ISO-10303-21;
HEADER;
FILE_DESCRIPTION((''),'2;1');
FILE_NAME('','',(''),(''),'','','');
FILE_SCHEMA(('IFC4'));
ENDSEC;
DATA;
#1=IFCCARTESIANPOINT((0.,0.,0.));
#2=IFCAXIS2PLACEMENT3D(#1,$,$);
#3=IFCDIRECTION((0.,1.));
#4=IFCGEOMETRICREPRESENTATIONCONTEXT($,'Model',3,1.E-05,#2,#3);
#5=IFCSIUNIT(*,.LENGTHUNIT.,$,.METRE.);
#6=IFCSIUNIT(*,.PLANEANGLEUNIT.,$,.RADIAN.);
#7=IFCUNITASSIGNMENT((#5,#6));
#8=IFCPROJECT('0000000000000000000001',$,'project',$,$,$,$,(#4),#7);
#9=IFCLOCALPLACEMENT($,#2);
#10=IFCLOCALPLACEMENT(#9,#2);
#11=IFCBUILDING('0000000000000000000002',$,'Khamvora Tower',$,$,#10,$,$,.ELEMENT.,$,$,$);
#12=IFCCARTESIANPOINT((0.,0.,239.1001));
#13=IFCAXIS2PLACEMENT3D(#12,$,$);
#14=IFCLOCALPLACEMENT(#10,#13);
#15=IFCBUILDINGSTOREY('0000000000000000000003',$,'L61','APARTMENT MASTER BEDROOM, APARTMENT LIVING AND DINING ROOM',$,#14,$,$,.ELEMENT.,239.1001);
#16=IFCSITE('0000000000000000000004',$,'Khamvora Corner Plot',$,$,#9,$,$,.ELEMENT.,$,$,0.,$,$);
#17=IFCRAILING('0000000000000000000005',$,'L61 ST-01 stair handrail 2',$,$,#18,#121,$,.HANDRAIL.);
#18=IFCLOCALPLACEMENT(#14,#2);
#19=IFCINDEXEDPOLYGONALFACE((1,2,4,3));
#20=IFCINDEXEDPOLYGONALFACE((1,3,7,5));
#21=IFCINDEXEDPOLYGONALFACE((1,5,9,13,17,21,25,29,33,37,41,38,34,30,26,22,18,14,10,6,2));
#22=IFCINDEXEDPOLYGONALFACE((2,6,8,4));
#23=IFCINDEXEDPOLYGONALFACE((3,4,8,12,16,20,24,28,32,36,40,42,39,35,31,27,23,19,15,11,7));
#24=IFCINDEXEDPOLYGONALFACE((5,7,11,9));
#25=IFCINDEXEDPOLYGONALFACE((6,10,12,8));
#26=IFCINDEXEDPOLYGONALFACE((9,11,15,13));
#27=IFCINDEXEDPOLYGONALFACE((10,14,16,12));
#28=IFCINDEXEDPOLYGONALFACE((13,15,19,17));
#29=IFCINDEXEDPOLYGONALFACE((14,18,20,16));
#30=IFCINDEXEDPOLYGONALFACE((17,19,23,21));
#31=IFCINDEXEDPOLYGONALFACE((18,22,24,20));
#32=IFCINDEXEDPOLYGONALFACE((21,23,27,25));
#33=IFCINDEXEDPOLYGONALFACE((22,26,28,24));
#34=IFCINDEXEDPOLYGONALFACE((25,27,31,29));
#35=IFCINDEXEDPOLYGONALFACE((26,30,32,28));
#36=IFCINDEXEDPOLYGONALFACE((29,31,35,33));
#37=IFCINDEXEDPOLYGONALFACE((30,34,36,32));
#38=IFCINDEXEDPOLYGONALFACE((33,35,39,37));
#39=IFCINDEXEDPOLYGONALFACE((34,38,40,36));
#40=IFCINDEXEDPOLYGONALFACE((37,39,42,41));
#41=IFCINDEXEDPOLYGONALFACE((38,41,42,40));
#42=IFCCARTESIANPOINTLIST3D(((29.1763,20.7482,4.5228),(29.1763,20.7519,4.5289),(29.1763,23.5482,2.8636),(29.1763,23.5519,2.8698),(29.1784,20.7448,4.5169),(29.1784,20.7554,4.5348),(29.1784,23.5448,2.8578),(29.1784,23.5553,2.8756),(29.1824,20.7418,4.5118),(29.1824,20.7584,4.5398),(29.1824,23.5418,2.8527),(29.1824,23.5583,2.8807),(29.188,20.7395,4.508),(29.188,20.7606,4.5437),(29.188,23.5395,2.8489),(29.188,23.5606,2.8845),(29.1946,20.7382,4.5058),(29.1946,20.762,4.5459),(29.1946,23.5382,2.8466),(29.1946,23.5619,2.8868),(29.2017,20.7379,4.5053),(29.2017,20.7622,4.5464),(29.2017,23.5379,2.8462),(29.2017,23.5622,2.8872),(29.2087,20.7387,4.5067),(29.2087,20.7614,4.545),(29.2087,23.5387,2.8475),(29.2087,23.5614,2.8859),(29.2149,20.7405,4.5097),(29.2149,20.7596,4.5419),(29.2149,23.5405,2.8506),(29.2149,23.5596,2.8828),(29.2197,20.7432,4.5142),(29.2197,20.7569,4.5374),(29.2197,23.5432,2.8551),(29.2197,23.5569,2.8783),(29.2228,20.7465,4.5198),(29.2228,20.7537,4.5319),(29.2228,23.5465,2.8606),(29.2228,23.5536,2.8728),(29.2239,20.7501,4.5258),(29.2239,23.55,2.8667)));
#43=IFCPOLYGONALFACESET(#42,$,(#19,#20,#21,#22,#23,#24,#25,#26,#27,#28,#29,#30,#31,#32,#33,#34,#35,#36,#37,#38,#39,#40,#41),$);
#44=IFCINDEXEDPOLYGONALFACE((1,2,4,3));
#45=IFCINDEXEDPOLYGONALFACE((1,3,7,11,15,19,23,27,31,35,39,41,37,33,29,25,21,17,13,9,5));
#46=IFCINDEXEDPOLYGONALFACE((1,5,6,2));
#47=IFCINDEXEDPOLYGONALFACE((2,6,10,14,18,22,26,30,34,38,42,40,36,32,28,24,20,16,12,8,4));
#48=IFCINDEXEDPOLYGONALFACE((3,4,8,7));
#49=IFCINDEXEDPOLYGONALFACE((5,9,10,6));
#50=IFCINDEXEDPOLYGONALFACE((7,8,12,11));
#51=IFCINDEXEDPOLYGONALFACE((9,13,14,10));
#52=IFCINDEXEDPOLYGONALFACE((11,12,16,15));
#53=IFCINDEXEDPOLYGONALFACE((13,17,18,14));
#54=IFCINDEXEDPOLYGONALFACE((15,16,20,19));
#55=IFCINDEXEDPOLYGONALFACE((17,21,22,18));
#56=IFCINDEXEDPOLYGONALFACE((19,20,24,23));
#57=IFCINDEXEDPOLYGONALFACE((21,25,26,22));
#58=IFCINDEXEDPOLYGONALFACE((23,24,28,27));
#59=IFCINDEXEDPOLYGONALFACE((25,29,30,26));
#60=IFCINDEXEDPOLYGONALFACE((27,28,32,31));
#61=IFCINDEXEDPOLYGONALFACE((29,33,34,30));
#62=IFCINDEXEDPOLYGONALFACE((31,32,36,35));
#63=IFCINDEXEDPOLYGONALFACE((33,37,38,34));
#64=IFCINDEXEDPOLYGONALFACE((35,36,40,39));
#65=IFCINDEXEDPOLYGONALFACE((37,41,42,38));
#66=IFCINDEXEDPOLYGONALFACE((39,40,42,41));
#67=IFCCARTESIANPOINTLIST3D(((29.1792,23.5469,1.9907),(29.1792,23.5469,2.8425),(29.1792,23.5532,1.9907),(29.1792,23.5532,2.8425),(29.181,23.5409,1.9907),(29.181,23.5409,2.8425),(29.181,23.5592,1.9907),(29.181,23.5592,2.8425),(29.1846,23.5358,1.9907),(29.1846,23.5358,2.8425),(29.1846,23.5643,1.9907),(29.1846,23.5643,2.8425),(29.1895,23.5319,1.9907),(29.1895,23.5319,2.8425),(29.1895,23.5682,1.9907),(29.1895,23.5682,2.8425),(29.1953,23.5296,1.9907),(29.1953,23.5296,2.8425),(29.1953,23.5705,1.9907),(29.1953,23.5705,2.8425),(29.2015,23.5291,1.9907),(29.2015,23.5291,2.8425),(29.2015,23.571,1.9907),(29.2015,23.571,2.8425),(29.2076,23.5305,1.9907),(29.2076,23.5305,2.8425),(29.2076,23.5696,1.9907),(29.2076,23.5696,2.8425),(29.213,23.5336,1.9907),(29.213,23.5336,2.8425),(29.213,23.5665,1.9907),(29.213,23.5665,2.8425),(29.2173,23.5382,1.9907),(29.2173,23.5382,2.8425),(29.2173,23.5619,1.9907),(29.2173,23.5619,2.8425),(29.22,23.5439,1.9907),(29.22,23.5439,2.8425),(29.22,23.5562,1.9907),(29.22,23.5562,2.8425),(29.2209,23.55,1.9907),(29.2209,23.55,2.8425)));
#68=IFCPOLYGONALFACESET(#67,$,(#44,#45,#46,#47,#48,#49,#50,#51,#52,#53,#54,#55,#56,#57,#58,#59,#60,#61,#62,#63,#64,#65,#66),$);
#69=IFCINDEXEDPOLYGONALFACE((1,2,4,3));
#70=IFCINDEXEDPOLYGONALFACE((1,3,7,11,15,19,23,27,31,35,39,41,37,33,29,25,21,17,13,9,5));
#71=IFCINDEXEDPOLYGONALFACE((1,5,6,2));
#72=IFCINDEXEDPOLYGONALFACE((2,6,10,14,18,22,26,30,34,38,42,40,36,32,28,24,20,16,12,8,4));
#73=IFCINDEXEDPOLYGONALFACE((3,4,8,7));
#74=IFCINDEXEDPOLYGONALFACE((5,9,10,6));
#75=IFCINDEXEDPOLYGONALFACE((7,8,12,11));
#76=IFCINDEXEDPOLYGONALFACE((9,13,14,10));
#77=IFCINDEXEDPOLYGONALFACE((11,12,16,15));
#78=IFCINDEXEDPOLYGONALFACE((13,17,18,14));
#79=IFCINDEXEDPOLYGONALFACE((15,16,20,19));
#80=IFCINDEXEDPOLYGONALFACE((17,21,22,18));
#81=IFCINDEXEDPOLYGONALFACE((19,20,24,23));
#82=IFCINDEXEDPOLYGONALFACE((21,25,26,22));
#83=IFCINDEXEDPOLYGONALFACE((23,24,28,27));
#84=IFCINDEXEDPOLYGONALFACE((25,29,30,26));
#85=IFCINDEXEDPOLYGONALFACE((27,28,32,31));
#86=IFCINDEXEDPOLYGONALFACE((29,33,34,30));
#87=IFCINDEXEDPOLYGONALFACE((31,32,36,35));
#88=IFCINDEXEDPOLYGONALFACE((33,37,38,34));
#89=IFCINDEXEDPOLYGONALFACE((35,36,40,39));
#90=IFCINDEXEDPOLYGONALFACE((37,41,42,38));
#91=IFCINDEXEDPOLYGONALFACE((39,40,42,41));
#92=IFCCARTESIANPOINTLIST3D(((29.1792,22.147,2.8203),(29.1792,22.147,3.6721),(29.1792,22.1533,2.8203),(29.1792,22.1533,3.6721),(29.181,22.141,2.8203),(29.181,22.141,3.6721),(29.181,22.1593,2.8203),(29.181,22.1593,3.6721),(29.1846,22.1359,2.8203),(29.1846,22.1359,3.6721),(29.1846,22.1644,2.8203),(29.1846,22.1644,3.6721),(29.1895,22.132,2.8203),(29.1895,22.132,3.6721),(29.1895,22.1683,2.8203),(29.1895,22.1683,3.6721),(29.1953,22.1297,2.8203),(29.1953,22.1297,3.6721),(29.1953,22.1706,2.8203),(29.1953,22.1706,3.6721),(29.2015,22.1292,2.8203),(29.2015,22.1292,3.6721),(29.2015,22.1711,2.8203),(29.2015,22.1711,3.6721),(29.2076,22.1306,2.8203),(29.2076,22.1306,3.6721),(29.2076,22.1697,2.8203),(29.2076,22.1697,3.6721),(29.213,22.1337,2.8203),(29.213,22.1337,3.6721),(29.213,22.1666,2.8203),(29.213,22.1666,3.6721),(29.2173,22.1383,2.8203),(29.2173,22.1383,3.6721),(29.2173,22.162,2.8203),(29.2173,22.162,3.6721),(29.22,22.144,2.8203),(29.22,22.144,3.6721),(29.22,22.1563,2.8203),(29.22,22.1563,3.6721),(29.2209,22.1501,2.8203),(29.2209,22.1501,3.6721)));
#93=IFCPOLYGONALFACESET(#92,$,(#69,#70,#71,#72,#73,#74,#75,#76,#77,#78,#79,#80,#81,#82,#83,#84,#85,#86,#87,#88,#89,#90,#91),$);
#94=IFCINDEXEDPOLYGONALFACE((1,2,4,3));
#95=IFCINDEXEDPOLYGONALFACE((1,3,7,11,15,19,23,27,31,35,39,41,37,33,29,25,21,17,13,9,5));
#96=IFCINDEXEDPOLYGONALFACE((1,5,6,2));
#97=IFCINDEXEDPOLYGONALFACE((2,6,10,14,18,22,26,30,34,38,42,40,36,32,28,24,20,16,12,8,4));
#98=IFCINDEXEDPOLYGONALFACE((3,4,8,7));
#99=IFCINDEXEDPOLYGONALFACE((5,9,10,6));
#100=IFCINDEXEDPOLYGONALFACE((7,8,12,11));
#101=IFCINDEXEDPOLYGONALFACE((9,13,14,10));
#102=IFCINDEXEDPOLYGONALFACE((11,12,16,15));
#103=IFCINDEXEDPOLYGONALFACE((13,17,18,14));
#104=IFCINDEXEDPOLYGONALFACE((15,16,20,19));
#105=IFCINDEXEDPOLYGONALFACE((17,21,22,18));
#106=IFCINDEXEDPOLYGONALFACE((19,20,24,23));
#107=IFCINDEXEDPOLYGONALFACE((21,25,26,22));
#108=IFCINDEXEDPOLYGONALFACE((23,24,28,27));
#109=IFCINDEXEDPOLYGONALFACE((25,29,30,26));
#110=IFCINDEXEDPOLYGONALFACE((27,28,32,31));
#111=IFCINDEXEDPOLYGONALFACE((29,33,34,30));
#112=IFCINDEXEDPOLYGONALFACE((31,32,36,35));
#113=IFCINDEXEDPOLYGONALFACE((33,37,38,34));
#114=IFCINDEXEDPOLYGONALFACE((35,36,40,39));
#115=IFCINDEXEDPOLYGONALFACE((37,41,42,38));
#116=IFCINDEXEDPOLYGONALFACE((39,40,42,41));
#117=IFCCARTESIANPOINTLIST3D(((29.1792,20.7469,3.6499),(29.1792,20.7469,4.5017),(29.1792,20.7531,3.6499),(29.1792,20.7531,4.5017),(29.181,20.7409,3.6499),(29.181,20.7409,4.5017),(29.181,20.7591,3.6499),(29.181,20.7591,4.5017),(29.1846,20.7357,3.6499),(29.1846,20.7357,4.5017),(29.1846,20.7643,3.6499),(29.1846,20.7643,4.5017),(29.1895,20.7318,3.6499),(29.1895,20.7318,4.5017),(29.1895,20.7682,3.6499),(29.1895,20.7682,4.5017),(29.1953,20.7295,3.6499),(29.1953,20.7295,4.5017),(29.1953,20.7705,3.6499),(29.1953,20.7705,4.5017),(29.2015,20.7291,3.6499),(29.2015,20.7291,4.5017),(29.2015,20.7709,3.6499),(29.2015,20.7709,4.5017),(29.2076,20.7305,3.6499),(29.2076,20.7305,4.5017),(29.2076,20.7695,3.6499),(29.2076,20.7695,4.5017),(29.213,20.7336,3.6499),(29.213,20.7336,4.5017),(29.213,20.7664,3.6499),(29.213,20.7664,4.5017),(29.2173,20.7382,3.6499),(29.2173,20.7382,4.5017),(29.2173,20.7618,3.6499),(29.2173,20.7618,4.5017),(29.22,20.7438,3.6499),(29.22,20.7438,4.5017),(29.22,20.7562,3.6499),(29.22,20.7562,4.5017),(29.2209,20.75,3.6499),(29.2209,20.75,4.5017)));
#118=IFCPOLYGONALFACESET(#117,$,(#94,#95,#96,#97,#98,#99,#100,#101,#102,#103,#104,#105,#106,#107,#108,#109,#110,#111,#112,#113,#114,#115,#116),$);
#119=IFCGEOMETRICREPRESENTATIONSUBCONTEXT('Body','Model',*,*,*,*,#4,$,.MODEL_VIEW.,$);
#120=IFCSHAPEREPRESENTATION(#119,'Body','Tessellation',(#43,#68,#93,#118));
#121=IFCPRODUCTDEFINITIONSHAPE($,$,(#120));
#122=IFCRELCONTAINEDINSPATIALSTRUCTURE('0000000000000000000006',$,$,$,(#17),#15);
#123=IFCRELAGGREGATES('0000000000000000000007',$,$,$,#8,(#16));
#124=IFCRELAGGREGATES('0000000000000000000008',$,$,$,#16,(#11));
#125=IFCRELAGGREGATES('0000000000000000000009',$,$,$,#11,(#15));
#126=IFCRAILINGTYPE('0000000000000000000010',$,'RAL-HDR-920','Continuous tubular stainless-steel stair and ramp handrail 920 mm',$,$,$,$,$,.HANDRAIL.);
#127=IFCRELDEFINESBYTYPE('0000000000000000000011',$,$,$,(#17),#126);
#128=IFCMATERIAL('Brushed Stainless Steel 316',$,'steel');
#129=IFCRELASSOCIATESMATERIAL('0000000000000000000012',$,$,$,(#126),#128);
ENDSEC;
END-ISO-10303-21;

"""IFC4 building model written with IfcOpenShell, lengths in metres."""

from ifc_helpers import new_model, si_unit, direction, frame, origin, origin_2d, place, context, subcontext, project, spatial, circle, extrude, material, type_object, element, save


model = new_model("IFC4")

# Units and contexts
model_context = context("Model", 3, precision=1e-05, world=origin(), true_north=direction((0.0, 1.0)))
body_context = subcontext(model_context, "Body", "Model", "MODEL_VIEW")
ifc_project = project(units=[si_unit("LENGTHUNIT", "METRE"), si_unit("PLANEANGLEUNIT", "RADIAN")], contexts=[model_context])

# Site, building, storey
site_placement = place(None, origin())
site = spatial("IfcSite", under=ifc_project, at=site_placement, Name="Khamvora Corner Plot", CompositionType="ELEMENT", RefElevation=0.0)
building_placement = place(site_placement, origin())
building = spatial("IfcBuilding", under=site, at=building_placement, Name="Khamvora Tower", CompositionType="ELEMENT")
storey_placement = place(building_placement, frame((0.0, 0.0, 239.1001)))
storey = spatial("IfcBuildingStorey", under=building, at=storey_placement, Name="L61", Description="APARTMENT MASTER BEDROOM, APARTMENT LIVING AND DINING ROOM", CompositionType="ELEMENT", Elevation=239.1001)

# Railing
ifc_material_1 = material(Name="Brushed Stainless Steel 316", Category="steel")
railing_type_1 = type_object("IfcRailingType", Name="RAL-HDR-920", Description="Continuous tubular stainless-steel stair and ramp handrail 920 mm", PredefinedType="HANDRAIL", material=ifc_material_1)
railing_1_placement = place(storey_placement, frame((29.2, 23.55, 1.9907)))
element("IfcRailing", 1, at=railing_1_placement, inside=storey, type_object=railing_type_1, Name="L61 ST-01 stair handrail 2", PredefinedType="HANDRAIL", context=body_context, shape_type="SweptSolid", body=[
    extrude(circle(Radius=0.0239, at=origin_2d()), frame((0.0, 0.0, 0.876), z_axis=(0.0, -0.860306, 0.509778), x_axis=(1.0, 0.0, 0.0)), (0.0, 0.0, 1.0), 3.2546),
    extrude(circle(Radius=0.021, at=origin_2d()), origin(), (0.0, 0.0, 1.0), 0.8518),
    extrude(circle(Radius=0.021, at=origin_2d()), frame((0.0, -1.3999, 0.8296)), (0.0, 0.0, 1.0), 0.8518),
    extrude(circle(Radius=0.021, at=origin_2d()), frame((0.0, -2.8, 1.6592)), (0.0, 0.0, 1.0), 0.8518),
])

save(model, "model.ifc")
